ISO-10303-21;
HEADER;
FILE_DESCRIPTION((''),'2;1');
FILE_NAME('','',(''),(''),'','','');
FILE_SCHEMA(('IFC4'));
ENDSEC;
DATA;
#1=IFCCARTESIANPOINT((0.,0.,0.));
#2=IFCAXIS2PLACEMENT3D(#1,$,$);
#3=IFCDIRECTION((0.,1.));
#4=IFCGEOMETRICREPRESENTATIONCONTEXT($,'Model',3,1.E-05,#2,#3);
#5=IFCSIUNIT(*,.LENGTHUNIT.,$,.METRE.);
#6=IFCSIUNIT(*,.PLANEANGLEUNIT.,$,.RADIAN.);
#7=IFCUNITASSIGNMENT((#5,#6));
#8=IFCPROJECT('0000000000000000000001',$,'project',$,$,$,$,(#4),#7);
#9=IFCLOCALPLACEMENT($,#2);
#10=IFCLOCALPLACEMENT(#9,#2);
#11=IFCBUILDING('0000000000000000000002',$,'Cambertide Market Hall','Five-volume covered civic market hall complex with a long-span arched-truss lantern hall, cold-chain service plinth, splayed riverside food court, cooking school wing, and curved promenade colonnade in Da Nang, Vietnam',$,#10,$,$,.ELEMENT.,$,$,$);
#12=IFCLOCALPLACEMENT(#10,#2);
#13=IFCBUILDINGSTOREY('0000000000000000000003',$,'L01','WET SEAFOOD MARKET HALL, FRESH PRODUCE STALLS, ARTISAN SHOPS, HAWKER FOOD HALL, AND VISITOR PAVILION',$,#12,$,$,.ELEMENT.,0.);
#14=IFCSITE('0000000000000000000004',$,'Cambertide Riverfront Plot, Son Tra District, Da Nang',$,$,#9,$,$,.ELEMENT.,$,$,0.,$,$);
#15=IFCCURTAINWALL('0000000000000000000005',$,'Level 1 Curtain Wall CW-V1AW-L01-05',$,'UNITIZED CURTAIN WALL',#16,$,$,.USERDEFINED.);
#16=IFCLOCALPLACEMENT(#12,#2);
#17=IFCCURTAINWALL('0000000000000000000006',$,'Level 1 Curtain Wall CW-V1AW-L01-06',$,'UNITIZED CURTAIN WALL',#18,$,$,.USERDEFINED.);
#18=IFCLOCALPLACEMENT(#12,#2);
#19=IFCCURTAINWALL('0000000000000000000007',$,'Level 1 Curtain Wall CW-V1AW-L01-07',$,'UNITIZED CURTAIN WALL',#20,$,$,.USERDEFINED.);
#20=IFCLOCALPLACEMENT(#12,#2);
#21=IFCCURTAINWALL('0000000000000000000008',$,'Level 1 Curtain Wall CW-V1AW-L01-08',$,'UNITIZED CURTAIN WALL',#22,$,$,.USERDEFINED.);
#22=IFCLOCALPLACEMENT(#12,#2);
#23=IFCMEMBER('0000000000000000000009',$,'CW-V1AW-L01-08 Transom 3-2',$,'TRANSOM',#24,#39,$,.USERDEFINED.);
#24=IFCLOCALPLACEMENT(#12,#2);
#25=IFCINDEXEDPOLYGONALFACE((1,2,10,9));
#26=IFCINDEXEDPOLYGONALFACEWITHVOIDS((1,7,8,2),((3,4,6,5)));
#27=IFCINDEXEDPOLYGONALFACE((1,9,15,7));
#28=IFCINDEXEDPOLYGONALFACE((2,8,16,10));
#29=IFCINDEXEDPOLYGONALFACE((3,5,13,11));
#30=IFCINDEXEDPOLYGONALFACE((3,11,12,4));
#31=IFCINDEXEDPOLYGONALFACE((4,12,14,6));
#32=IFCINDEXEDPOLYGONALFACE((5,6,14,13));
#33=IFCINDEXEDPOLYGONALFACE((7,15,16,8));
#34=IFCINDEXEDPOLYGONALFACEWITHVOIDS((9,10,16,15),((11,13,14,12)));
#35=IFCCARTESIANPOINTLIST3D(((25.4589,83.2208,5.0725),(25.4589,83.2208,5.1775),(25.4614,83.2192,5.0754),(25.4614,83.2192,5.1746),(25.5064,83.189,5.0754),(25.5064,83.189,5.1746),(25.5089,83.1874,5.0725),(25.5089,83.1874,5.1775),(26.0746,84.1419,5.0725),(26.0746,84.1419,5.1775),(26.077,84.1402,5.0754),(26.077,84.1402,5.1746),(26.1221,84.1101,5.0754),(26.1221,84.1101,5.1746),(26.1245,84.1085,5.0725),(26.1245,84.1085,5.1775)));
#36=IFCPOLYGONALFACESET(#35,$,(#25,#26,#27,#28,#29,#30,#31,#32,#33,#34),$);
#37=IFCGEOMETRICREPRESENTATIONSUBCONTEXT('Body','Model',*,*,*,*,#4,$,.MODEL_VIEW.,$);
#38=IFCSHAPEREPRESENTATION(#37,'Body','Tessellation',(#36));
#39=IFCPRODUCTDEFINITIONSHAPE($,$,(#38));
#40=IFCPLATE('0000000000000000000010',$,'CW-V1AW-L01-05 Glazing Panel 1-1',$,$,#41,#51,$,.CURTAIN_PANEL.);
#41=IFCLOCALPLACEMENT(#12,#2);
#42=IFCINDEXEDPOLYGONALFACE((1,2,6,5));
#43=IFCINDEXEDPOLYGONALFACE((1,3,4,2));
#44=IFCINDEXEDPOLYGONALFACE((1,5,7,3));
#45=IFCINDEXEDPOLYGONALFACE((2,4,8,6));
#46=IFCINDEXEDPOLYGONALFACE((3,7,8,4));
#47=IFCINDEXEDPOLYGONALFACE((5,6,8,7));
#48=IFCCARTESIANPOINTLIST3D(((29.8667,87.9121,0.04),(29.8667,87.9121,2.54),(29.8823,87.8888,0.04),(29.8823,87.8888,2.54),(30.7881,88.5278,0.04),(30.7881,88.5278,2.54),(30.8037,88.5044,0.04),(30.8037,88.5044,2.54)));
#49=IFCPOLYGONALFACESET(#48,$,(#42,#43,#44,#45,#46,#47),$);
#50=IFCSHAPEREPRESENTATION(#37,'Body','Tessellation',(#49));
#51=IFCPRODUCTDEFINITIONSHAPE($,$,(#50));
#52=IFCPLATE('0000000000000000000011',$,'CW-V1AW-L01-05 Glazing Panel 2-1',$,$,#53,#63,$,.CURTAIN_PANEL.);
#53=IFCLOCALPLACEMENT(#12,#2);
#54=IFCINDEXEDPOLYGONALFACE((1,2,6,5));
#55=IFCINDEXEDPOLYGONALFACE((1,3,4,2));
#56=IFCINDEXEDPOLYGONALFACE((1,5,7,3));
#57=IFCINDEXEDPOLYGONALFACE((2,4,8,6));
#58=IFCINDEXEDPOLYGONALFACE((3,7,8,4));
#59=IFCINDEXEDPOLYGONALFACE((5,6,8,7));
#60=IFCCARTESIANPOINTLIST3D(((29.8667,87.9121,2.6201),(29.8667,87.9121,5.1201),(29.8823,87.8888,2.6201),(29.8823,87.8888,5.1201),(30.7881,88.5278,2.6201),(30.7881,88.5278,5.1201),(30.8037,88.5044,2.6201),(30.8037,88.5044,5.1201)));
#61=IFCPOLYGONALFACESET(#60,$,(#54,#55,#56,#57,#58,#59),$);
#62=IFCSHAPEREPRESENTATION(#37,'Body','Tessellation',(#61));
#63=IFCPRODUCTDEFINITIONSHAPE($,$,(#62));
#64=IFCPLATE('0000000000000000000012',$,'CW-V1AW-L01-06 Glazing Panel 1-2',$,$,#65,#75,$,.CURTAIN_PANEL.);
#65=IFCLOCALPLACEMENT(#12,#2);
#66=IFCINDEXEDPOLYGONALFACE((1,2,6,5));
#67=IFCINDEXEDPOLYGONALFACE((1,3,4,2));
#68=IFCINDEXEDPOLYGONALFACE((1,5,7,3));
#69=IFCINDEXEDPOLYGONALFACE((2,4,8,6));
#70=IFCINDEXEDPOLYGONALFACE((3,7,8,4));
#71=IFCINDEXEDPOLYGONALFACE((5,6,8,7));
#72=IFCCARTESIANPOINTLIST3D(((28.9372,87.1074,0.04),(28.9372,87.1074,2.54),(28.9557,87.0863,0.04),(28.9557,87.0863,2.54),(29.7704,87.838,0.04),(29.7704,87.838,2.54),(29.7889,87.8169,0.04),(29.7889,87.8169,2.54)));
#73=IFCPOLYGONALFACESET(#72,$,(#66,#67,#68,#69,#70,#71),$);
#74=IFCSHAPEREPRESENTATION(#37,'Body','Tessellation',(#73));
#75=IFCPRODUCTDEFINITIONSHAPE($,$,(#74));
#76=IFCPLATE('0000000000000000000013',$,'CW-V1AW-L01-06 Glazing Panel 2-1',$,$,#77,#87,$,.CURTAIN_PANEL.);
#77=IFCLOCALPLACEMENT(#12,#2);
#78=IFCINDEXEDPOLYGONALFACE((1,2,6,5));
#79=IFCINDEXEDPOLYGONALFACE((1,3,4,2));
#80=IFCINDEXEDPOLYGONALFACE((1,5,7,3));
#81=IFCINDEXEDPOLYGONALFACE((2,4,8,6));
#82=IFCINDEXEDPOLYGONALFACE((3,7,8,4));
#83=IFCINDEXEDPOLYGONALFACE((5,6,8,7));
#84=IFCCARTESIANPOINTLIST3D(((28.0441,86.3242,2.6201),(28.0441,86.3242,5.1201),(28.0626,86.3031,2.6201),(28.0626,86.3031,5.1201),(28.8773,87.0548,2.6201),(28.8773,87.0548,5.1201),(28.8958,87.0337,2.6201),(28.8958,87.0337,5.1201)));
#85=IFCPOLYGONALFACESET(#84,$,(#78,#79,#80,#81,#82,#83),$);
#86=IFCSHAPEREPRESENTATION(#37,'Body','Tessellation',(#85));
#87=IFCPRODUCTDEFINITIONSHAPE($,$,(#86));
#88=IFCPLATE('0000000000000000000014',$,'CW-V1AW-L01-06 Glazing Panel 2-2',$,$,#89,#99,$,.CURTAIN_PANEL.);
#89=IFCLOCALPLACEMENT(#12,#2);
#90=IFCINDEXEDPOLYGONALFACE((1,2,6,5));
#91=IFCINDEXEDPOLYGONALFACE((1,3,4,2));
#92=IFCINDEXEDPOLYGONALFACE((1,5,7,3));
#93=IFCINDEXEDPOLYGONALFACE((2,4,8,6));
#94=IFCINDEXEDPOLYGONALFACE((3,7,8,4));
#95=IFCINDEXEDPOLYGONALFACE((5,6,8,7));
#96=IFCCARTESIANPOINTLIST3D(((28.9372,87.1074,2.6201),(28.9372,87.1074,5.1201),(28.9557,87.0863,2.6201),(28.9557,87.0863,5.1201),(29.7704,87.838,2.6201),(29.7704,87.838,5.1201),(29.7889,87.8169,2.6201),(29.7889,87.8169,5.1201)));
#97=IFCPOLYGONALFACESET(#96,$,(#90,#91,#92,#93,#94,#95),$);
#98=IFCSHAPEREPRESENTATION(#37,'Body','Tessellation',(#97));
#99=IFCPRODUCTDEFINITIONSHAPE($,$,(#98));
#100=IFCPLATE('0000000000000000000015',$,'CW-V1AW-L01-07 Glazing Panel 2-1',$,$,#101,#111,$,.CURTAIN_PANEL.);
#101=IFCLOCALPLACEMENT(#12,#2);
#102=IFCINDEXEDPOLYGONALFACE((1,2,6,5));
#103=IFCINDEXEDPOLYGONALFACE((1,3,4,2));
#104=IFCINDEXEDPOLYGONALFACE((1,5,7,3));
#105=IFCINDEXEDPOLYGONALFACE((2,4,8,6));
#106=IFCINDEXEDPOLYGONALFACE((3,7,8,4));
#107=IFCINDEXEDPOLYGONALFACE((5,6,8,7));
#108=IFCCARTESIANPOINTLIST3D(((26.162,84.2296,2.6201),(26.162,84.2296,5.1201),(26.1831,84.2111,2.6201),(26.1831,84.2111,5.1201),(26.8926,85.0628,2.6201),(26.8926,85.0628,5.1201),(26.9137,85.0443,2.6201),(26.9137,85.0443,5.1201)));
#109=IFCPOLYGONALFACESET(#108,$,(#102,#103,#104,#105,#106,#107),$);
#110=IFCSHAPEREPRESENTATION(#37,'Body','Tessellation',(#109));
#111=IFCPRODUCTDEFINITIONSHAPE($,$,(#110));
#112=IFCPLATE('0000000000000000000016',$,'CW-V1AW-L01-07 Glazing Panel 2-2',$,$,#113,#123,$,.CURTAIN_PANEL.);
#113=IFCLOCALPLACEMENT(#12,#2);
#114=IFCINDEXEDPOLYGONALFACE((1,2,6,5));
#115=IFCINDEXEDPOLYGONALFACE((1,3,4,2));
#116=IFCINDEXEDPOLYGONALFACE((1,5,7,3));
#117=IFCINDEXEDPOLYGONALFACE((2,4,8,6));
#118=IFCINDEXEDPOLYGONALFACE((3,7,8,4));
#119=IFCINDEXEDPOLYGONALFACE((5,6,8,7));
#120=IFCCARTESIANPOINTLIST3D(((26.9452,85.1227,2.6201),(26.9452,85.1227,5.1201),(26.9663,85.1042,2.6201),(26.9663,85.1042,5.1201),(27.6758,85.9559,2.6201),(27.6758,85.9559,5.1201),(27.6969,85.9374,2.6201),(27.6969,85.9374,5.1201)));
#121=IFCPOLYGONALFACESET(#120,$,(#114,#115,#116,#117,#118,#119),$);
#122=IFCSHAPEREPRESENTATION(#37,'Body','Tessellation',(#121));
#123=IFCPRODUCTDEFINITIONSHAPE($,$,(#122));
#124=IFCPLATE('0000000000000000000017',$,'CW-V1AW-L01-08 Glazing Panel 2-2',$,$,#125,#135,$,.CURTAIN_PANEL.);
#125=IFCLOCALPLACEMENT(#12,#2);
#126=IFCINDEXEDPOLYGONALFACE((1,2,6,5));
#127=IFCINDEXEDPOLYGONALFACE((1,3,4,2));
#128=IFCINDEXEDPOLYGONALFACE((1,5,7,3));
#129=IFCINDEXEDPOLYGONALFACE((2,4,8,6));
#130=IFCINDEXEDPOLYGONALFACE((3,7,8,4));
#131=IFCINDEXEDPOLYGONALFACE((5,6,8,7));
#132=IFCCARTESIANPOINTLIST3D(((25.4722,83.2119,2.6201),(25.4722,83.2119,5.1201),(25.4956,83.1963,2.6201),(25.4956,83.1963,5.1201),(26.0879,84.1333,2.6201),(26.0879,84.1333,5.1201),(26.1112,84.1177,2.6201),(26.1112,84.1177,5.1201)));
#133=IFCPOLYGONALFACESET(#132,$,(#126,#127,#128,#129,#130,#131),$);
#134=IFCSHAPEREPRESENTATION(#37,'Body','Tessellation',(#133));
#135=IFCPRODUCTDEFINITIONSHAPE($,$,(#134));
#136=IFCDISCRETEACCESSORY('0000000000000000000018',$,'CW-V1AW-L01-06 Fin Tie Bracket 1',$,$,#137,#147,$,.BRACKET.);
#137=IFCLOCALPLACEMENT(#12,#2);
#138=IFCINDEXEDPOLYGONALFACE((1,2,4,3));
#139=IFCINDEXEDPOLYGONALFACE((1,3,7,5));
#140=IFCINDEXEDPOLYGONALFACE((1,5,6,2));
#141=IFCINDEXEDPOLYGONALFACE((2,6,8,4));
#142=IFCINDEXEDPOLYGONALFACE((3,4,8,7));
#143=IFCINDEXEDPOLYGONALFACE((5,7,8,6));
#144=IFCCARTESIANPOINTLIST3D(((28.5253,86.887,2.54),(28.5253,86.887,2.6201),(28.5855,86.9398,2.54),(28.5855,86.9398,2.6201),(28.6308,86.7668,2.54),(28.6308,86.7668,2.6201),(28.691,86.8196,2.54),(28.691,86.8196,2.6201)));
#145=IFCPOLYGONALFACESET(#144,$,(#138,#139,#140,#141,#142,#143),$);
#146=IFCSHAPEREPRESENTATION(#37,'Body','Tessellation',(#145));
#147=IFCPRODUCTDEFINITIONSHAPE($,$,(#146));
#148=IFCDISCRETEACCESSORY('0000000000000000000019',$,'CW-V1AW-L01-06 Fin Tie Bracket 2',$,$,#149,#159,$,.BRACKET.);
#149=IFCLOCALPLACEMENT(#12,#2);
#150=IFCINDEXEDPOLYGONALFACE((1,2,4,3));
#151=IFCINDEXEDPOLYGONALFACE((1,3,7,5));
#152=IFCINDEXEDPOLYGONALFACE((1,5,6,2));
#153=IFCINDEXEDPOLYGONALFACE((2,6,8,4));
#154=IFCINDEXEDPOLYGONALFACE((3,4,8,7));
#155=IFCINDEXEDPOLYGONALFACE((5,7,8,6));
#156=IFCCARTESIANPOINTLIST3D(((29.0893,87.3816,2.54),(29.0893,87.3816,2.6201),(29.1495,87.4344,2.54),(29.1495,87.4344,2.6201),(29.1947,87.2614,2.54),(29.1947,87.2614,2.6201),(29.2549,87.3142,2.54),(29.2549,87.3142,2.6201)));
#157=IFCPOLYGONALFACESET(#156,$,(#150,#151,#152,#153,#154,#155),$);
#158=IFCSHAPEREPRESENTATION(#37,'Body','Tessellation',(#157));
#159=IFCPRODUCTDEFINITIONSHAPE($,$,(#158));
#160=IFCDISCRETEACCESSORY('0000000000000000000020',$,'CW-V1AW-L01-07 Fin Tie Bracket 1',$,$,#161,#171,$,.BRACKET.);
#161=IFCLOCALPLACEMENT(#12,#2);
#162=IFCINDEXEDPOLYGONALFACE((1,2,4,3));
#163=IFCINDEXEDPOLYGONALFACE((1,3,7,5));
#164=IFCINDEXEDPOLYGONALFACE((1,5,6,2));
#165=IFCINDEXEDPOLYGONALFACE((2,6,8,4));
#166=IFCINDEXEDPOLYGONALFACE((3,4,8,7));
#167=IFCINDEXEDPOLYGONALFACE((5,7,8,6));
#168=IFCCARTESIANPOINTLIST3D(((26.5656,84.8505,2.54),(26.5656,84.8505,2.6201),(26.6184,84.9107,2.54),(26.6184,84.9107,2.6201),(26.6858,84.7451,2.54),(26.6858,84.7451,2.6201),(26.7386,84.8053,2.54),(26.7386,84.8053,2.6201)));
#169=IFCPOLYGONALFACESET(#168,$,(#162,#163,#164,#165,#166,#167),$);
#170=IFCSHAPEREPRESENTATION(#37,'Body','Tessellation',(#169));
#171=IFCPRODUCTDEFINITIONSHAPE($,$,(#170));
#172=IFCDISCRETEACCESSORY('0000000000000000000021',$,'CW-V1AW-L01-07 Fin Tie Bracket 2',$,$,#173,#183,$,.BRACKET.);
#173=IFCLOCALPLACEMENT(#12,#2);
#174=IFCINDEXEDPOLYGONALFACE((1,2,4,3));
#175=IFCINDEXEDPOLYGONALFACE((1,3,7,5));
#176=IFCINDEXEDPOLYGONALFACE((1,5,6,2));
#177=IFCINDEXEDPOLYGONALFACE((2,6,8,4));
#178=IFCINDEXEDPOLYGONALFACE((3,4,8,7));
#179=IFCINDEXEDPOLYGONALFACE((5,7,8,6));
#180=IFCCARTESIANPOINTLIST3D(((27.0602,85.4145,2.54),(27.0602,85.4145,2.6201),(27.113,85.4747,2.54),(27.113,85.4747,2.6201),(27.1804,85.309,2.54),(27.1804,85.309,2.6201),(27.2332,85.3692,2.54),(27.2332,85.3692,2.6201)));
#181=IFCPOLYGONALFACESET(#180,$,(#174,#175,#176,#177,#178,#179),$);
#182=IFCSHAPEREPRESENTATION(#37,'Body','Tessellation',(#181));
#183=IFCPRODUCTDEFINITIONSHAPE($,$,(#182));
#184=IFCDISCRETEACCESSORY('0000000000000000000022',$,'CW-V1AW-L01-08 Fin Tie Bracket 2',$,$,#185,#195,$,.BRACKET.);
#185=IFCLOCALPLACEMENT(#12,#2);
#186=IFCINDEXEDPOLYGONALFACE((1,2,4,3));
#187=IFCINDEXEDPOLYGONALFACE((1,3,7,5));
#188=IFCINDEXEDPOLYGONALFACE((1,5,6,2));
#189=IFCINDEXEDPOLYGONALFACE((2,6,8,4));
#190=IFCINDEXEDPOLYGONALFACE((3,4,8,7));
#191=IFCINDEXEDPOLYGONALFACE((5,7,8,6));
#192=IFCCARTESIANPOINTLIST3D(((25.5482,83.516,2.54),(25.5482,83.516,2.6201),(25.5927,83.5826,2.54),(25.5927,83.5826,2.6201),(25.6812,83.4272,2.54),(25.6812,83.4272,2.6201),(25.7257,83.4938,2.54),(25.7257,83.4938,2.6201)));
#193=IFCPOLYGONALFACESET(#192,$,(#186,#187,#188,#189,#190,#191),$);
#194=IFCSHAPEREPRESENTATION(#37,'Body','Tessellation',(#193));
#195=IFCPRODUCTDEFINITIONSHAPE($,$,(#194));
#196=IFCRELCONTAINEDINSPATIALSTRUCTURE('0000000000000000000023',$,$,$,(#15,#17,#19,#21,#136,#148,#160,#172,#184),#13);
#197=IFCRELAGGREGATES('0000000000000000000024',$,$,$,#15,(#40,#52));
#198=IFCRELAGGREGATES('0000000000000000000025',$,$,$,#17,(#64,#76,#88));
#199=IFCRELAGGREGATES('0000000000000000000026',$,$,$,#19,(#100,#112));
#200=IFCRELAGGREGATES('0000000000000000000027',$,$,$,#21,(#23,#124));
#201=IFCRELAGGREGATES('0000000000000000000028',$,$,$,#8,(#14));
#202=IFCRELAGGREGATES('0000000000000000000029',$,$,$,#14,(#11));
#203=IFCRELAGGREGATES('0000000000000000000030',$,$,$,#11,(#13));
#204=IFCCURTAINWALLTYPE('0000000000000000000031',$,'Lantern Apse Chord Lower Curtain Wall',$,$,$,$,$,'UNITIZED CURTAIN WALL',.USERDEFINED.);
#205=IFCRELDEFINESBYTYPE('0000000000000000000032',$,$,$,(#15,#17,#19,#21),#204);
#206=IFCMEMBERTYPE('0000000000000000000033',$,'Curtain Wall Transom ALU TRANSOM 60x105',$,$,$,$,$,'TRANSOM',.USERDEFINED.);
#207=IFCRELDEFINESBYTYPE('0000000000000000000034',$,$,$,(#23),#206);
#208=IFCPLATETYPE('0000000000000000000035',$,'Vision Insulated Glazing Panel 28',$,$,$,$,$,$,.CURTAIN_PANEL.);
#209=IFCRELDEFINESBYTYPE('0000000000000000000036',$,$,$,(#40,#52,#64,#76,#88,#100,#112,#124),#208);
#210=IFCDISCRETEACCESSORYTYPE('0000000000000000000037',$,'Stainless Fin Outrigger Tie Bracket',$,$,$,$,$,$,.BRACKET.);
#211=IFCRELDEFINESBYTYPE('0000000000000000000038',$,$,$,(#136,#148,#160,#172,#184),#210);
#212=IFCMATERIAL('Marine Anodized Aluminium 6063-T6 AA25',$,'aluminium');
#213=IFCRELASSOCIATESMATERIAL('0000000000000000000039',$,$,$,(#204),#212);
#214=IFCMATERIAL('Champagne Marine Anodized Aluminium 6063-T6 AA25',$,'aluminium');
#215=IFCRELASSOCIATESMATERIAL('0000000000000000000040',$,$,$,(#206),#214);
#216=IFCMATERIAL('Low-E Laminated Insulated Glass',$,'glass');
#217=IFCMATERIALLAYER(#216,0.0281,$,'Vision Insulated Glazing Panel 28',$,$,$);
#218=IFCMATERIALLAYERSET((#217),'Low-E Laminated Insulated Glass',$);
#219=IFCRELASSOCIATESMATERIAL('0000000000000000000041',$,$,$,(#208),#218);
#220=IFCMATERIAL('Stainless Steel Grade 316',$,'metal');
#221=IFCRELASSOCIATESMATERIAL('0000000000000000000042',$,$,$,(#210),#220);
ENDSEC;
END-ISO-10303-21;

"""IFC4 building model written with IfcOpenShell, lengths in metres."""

from ifc_helpers import new_model, si_unit, direction, frame, origin, origin_2d, place, context, subcontext, project, spatial, rectangle, hollow_rectangle, extrude, material, layer, layer_set, material_profile, profile_set, type_object, element, aggregate, save


model = new_model("IFC4")

# Units and contexts
model_context = context("Model", 3, precision=1e-05, world=origin(), true_north=direction((0.0, 1.0)))
body_context = subcontext(model_context, "Body", "Model", "MODEL_VIEW")
ifc_project = project(units=[si_unit("LENGTHUNIT", "METRE"), si_unit("PLANEANGLEUNIT", "RADIAN")], contexts=[model_context])

# Site, building, storey
site_placement = place(None, origin())
site = spatial("IfcSite", under=ifc_project, at=site_placement, Name="Cambertide Riverfront Plot, Son Tra District, Da Nang", CompositionType="ELEMENT", RefElevation=0.0)
building_placement = place(site_placement, origin())
building = spatial("IfcBuilding", under=site, at=building_placement, Name="Cambertide Market Hall", Description="Five-volume covered civic market hall complex with a long-span arched-truss lantern hall, cold-chain service plinth, splayed riverside food court, cooking school wing, and curved promenade colonnade in Da Nang, Vietnam", CompositionType="ELEMENT")
storey_placement = place(building_placement, origin())
storey = spatial("IfcBuildingStorey", under=building, at=storey_placement, Name="L01", Description="WET SEAFOOD MARKET HALL, FRESH PRODUCE STALLS, ARTISAN SHOPS, HAWKER FOOD HALL, AND VISITOR PAVILION", CompositionType="ELEMENT", Elevation=0.0)

# Curtain walls, member
ifc_material_1 = material(Name="Marine Anodized Aluminium 6063-T6 AA25", Category="aluminium")
curtain_wall_type = type_object("IfcCurtainWallType", Name="Lantern Apse Chord Lower Curtain Wall", ElementType="UNITIZED CURTAIN WALL", PredefinedType="USERDEFINED", material=ifc_material_1)
curtain_wall_1_placement = place(storey_placement, origin())
curtain_wall_1 = element("IfcCurtainWall", 1, at=curtain_wall_1_placement, inside=storey, type_object=curtain_wall_type, Name="Level 1 Curtain Wall CW-V1AW-L01-05", ObjectType="UNITIZED CURTAIN WALL", PredefinedType="USERDEFINED")
ifc_material_2 = material(Name="Champagne Marine Anodized Aluminium 6063-T6 AA25", Category="aluminium")
ifc_material_profile = material_profile(ifc_material_2, hollow_rectangle(XDim=0.0601, YDim=0.105, WallThickness=0.0029, at=origin_2d()), Name="ALU TRANSOM 60x105")
ifc_profile_set = profile_set([ifc_material_profile], Name="Champagne Marine Anodized Aluminium 6063-T6 AA25")
member_type = type_object("IfcMemberType", Name="Curtain Wall Transom ALU TRANSOM 60x105", ElementType="TRANSOM", PredefinedType="USERDEFINED", material=ifc_profile_set)
curtain_wall_2_placement = place(storey_placement, origin())
curtain_wall_2 = element("IfcCurtainWall", 2, at=curtain_wall_2_placement, inside=storey, type_object=curtain_wall_type, Name="Level 1 Curtain Wall CW-V1AW-L01-06", ObjectType="UNITIZED CURTAIN WALL", PredefinedType="USERDEFINED")
curtain_wall_3_placement = place(storey_placement, origin())
curtain_wall_3 = element("IfcCurtainWall", 3, at=curtain_wall_3_placement, inside=storey, type_object=curtain_wall_type, Name="Level 1 Curtain Wall CW-V1AW-L01-07", ObjectType="UNITIZED CURTAIN WALL", PredefinedType="USERDEFINED")
curtain_wall_4_placement = place(storey_placement, origin())
curtain_wall_4 = element("IfcCurtainWall", 4, at=curtain_wall_4_placement, inside=storey, type_object=curtain_wall_type, Name="Level 1 Curtain Wall CW-V1AW-L01-08", ObjectType="UNITIZED CURTAIN WALL", PredefinedType="USERDEFINED")
member_1_placement = place(storey_placement, frame((25.4839, 83.2041, 5.125), z_axis=(0.555717, 0.831372, 0.0), x_axis=(-0.831372, 0.555717, 0.0)))
member_1 = element("IfcMember", 5, at=member_1_placement, type_object=member_type, Name="CW-V1AW-L01-08 Transom 3-2", ObjectType="TRANSOM", PredefinedType="USERDEFINED", context=body_context, shape_type="SweptSolid", body=[
    extrude(hollow_rectangle(XDim=0.0601, YDim=0.105, WallThickness=0.0029, at=origin_2d()), origin(), (0.0, 0.0, 1.0), 1.1079),
])

# Plates
ifc_material_3 = material(Name="Low-E Laminated Insulated Glass", Category="glass")
ifc_layer = layer(ifc_material_3, 0.0281, Name="Vision Insulated Glazing Panel 28")
ifc_layer_set = layer_set([ifc_layer], Name="Low-E Laminated Insulated Glass")
plate_type = type_object("IfcPlateType", Name="Vision Insulated Glazing Panel 28", PredefinedType="CURTAIN_PANEL", material=ifc_layer_set)
plate_1_placement = place(storey_placement, frame((30.3352, 88.2083, 0.04), z_axis=(0.0, 0.0, 1.0), x_axis=(0.83147, 0.55557, 0.0)))
plate_1 = element("IfcPlate", 6, at=plate_1_placement, type_object=plate_type, Name="CW-V1AW-L01-05 Glazing Panel 1-1", PredefinedType="CURTAIN_PANEL", context=body_context, shape_type="SweptSolid", body=[
    extrude(rectangle(XDim=1.1082, YDim=0.0281, at=origin_2d()), origin(), (0.0, 0.0, 1.0), 2.5),
])
plate_2_placement = place(storey_placement, frame((30.3352, 88.2083, 2.6201), z_axis=(0.0, 0.0, 1.0), x_axis=(0.83147, 0.55557, 0.0)))
plate_2 = element("IfcPlate", 7, at=plate_2_placement, type_object=plate_type, Name="CW-V1AW-L01-05 Glazing Panel 2-1", PredefinedType="CURTAIN_PANEL", context=body_context, shape_type="SweptSolid", body=[
    extrude(rectangle(XDim=1.1082, YDim=0.0281, at=origin_2d()), origin(), (0.0, 0.0, 1.0), 2.5),
])
aggregate(curtain_wall_1, [plate_1, plate_2])
plate_3_placement = place(storey_placement, frame((29.363, 87.4622, 0.04), z_axis=(0.0, 0.0, 1.0), x_axis=(0.75184, 0.659346, 0.0)))
plate_3 = element("IfcPlate", 8, at=plate_3_placement, type_object=plate_type, Name="CW-V1AW-L01-06 Glazing Panel 1-2", PredefinedType="CURTAIN_PANEL", context=body_context, shape_type="SweptSolid", body=[
    extrude(rectangle(XDim=1.1082, YDim=0.0281, at=origin_2d()), origin(), (0.0, 0.0, 1.0), 2.5),
])
plate_4_placement = place(storey_placement, frame((28.47, 86.679, 2.6201), z_axis=(0.0, 0.0, 1.0), x_axis=(0.75184, 0.659346, 0.0)))
plate_4 = element("IfcPlate", 9, at=plate_4_placement, type_object=plate_type, Name="CW-V1AW-L01-06 Glazing Panel 2-1", PredefinedType="CURTAIN_PANEL", context=body_context, shape_type="SweptSolid", body=[
    extrude(rectangle(XDim=1.1082, YDim=0.0281, at=origin_2d()), origin(), (0.0, 0.0, 1.0), 2.5),
])
plate_5_placement = place(storey_placement, frame((29.363, 87.4622, 2.6201), z_axis=(0.0, 0.0, 1.0), x_axis=(0.75184, 0.659346, 0.0)))
plate_5 = element("IfcPlate", 10, at=plate_5_placement, type_object=plate_type, Name="CW-V1AW-L01-06 Glazing Panel 2-2", PredefinedType="CURTAIN_PANEL", context=body_context, shape_type="SweptSolid", body=[
    extrude(rectangle(XDim=1.1082, YDim=0.0281, at=origin_2d()), origin(), (0.0, 0.0, 1.0), 2.5),
])
aggregate(curtain_wall_2, [plate_3, plate_4, plate_5])
plate_6_placement = place(storey_placement, frame((26.5378, 84.637, 2.6201), z_axis=(0.0, 0.0, 1.0), x_axis=(0.659346, 0.75184, 0.0)))
plate_6 = element("IfcPlate", 11, at=plate_6_placement, type_object=plate_type, Name="CW-V1AW-L01-07 Glazing Panel 2-1", PredefinedType="CURTAIN_PANEL", context=body_context, shape_type="SweptSolid", body=[
    extrude(rectangle(XDim=1.1082, YDim=0.0281, at=origin_2d()), origin(), (0.0, 0.0, 1.0), 2.5),
])
plate_7_placement = place(storey_placement, frame((27.321, 85.53, 2.6201), z_axis=(0.0, 0.0, 1.0), x_axis=(0.659346, 0.75184, 0.0)))
plate_7 = element("IfcPlate", 12, at=plate_7_placement, type_object=plate_type, Name="CW-V1AW-L01-07 Glazing Panel 2-2", PredefinedType="CURTAIN_PANEL", context=body_context, shape_type="SweptSolid", body=[
    extrude(rectangle(XDim=1.1082, YDim=0.0281, at=origin_2d()), origin(), (0.0, 0.0, 1.0), 2.5),
])
aggregate(curtain_wall_3, [plate_6, plate_7])
plate_8_placement = place(storey_placement, frame((25.7917, 83.6648, 2.6201), z_axis=(0.0, 0.0, 1.0), x_axis=(0.55557, 0.83147, 0.0)))
plate_8 = element("IfcPlate", 13, at=plate_8_placement, type_object=plate_type, Name="CW-V1AW-L01-08 Glazing Panel 2-2", PredefinedType="CURTAIN_PANEL", context=body_context, shape_type="SweptSolid", body=[
    extrude(rectangle(XDim=1.1082, YDim=0.0281, at=origin_2d()), origin(), (0.0, 0.0, 1.0), 2.5),
])
aggregate(curtain_wall_4, [member_1, plate_8])

# Discrete accessories
ifc_material_4 = material(Name="Stainless Steel Grade 316", Category="metal")
discrete_accessory_type = type_object("IfcDiscreteAccessoryType", Name="Stainless Fin Outrigger Tie Bracket", PredefinedType="BRACKET", material=ifc_material_4)
for number, where, z_axis, x_axis, name in (
    (14, (28.6082, 86.8533, 2.54), (0.0, 0.0, 1.0), (0.75184, 0.659346, 0.0), "CW-V1AW-L01-06 Fin Tie Bracket 1"),
    (15, (29.1721, 87.3479, 2.54), (0.0, 0.0, 1.0), (0.75184, 0.659346, 0.0), "CW-V1AW-L01-06 Fin Tie Bracket 2"),
    (16, (26.6521, 84.8279, 2.54), (0.0, 0.0, 1.0), (0.659346, 0.75184, 0.0), "CW-V1AW-L01-07 Fin Tie Bracket 1"),
    (17, (27.1467, 85.3918, 2.54), (0.0, 0.0, 1.0), (0.659346, 0.75184, 0.0), "CW-V1AW-L01-07 Fin Tie Bracket 2"),
    (18, (25.637, 83.5049, 2.54), (0.0, 0.0, 1.0), (0.55557, 0.83147, 0.0), "CW-V1AW-L01-08 Fin Tie Bracket 2"),
):
    element("IfcDiscreteAccessory", number, at=place(storey_placement, frame(where, z_axis=z_axis, x_axis=x_axis)), inside=storey, type_object=discrete_accessory_type, Name=name, PredefinedType="BRACKET", context=body_context, shape_type="SweptSolid", body=[
        extrude(rectangle(XDim=0.0801, YDim=0.1599, at=origin_2d()), origin(), (0.0, 0.0, 1.0), 0.0801),
    ])

save(model, "model.ifc")
